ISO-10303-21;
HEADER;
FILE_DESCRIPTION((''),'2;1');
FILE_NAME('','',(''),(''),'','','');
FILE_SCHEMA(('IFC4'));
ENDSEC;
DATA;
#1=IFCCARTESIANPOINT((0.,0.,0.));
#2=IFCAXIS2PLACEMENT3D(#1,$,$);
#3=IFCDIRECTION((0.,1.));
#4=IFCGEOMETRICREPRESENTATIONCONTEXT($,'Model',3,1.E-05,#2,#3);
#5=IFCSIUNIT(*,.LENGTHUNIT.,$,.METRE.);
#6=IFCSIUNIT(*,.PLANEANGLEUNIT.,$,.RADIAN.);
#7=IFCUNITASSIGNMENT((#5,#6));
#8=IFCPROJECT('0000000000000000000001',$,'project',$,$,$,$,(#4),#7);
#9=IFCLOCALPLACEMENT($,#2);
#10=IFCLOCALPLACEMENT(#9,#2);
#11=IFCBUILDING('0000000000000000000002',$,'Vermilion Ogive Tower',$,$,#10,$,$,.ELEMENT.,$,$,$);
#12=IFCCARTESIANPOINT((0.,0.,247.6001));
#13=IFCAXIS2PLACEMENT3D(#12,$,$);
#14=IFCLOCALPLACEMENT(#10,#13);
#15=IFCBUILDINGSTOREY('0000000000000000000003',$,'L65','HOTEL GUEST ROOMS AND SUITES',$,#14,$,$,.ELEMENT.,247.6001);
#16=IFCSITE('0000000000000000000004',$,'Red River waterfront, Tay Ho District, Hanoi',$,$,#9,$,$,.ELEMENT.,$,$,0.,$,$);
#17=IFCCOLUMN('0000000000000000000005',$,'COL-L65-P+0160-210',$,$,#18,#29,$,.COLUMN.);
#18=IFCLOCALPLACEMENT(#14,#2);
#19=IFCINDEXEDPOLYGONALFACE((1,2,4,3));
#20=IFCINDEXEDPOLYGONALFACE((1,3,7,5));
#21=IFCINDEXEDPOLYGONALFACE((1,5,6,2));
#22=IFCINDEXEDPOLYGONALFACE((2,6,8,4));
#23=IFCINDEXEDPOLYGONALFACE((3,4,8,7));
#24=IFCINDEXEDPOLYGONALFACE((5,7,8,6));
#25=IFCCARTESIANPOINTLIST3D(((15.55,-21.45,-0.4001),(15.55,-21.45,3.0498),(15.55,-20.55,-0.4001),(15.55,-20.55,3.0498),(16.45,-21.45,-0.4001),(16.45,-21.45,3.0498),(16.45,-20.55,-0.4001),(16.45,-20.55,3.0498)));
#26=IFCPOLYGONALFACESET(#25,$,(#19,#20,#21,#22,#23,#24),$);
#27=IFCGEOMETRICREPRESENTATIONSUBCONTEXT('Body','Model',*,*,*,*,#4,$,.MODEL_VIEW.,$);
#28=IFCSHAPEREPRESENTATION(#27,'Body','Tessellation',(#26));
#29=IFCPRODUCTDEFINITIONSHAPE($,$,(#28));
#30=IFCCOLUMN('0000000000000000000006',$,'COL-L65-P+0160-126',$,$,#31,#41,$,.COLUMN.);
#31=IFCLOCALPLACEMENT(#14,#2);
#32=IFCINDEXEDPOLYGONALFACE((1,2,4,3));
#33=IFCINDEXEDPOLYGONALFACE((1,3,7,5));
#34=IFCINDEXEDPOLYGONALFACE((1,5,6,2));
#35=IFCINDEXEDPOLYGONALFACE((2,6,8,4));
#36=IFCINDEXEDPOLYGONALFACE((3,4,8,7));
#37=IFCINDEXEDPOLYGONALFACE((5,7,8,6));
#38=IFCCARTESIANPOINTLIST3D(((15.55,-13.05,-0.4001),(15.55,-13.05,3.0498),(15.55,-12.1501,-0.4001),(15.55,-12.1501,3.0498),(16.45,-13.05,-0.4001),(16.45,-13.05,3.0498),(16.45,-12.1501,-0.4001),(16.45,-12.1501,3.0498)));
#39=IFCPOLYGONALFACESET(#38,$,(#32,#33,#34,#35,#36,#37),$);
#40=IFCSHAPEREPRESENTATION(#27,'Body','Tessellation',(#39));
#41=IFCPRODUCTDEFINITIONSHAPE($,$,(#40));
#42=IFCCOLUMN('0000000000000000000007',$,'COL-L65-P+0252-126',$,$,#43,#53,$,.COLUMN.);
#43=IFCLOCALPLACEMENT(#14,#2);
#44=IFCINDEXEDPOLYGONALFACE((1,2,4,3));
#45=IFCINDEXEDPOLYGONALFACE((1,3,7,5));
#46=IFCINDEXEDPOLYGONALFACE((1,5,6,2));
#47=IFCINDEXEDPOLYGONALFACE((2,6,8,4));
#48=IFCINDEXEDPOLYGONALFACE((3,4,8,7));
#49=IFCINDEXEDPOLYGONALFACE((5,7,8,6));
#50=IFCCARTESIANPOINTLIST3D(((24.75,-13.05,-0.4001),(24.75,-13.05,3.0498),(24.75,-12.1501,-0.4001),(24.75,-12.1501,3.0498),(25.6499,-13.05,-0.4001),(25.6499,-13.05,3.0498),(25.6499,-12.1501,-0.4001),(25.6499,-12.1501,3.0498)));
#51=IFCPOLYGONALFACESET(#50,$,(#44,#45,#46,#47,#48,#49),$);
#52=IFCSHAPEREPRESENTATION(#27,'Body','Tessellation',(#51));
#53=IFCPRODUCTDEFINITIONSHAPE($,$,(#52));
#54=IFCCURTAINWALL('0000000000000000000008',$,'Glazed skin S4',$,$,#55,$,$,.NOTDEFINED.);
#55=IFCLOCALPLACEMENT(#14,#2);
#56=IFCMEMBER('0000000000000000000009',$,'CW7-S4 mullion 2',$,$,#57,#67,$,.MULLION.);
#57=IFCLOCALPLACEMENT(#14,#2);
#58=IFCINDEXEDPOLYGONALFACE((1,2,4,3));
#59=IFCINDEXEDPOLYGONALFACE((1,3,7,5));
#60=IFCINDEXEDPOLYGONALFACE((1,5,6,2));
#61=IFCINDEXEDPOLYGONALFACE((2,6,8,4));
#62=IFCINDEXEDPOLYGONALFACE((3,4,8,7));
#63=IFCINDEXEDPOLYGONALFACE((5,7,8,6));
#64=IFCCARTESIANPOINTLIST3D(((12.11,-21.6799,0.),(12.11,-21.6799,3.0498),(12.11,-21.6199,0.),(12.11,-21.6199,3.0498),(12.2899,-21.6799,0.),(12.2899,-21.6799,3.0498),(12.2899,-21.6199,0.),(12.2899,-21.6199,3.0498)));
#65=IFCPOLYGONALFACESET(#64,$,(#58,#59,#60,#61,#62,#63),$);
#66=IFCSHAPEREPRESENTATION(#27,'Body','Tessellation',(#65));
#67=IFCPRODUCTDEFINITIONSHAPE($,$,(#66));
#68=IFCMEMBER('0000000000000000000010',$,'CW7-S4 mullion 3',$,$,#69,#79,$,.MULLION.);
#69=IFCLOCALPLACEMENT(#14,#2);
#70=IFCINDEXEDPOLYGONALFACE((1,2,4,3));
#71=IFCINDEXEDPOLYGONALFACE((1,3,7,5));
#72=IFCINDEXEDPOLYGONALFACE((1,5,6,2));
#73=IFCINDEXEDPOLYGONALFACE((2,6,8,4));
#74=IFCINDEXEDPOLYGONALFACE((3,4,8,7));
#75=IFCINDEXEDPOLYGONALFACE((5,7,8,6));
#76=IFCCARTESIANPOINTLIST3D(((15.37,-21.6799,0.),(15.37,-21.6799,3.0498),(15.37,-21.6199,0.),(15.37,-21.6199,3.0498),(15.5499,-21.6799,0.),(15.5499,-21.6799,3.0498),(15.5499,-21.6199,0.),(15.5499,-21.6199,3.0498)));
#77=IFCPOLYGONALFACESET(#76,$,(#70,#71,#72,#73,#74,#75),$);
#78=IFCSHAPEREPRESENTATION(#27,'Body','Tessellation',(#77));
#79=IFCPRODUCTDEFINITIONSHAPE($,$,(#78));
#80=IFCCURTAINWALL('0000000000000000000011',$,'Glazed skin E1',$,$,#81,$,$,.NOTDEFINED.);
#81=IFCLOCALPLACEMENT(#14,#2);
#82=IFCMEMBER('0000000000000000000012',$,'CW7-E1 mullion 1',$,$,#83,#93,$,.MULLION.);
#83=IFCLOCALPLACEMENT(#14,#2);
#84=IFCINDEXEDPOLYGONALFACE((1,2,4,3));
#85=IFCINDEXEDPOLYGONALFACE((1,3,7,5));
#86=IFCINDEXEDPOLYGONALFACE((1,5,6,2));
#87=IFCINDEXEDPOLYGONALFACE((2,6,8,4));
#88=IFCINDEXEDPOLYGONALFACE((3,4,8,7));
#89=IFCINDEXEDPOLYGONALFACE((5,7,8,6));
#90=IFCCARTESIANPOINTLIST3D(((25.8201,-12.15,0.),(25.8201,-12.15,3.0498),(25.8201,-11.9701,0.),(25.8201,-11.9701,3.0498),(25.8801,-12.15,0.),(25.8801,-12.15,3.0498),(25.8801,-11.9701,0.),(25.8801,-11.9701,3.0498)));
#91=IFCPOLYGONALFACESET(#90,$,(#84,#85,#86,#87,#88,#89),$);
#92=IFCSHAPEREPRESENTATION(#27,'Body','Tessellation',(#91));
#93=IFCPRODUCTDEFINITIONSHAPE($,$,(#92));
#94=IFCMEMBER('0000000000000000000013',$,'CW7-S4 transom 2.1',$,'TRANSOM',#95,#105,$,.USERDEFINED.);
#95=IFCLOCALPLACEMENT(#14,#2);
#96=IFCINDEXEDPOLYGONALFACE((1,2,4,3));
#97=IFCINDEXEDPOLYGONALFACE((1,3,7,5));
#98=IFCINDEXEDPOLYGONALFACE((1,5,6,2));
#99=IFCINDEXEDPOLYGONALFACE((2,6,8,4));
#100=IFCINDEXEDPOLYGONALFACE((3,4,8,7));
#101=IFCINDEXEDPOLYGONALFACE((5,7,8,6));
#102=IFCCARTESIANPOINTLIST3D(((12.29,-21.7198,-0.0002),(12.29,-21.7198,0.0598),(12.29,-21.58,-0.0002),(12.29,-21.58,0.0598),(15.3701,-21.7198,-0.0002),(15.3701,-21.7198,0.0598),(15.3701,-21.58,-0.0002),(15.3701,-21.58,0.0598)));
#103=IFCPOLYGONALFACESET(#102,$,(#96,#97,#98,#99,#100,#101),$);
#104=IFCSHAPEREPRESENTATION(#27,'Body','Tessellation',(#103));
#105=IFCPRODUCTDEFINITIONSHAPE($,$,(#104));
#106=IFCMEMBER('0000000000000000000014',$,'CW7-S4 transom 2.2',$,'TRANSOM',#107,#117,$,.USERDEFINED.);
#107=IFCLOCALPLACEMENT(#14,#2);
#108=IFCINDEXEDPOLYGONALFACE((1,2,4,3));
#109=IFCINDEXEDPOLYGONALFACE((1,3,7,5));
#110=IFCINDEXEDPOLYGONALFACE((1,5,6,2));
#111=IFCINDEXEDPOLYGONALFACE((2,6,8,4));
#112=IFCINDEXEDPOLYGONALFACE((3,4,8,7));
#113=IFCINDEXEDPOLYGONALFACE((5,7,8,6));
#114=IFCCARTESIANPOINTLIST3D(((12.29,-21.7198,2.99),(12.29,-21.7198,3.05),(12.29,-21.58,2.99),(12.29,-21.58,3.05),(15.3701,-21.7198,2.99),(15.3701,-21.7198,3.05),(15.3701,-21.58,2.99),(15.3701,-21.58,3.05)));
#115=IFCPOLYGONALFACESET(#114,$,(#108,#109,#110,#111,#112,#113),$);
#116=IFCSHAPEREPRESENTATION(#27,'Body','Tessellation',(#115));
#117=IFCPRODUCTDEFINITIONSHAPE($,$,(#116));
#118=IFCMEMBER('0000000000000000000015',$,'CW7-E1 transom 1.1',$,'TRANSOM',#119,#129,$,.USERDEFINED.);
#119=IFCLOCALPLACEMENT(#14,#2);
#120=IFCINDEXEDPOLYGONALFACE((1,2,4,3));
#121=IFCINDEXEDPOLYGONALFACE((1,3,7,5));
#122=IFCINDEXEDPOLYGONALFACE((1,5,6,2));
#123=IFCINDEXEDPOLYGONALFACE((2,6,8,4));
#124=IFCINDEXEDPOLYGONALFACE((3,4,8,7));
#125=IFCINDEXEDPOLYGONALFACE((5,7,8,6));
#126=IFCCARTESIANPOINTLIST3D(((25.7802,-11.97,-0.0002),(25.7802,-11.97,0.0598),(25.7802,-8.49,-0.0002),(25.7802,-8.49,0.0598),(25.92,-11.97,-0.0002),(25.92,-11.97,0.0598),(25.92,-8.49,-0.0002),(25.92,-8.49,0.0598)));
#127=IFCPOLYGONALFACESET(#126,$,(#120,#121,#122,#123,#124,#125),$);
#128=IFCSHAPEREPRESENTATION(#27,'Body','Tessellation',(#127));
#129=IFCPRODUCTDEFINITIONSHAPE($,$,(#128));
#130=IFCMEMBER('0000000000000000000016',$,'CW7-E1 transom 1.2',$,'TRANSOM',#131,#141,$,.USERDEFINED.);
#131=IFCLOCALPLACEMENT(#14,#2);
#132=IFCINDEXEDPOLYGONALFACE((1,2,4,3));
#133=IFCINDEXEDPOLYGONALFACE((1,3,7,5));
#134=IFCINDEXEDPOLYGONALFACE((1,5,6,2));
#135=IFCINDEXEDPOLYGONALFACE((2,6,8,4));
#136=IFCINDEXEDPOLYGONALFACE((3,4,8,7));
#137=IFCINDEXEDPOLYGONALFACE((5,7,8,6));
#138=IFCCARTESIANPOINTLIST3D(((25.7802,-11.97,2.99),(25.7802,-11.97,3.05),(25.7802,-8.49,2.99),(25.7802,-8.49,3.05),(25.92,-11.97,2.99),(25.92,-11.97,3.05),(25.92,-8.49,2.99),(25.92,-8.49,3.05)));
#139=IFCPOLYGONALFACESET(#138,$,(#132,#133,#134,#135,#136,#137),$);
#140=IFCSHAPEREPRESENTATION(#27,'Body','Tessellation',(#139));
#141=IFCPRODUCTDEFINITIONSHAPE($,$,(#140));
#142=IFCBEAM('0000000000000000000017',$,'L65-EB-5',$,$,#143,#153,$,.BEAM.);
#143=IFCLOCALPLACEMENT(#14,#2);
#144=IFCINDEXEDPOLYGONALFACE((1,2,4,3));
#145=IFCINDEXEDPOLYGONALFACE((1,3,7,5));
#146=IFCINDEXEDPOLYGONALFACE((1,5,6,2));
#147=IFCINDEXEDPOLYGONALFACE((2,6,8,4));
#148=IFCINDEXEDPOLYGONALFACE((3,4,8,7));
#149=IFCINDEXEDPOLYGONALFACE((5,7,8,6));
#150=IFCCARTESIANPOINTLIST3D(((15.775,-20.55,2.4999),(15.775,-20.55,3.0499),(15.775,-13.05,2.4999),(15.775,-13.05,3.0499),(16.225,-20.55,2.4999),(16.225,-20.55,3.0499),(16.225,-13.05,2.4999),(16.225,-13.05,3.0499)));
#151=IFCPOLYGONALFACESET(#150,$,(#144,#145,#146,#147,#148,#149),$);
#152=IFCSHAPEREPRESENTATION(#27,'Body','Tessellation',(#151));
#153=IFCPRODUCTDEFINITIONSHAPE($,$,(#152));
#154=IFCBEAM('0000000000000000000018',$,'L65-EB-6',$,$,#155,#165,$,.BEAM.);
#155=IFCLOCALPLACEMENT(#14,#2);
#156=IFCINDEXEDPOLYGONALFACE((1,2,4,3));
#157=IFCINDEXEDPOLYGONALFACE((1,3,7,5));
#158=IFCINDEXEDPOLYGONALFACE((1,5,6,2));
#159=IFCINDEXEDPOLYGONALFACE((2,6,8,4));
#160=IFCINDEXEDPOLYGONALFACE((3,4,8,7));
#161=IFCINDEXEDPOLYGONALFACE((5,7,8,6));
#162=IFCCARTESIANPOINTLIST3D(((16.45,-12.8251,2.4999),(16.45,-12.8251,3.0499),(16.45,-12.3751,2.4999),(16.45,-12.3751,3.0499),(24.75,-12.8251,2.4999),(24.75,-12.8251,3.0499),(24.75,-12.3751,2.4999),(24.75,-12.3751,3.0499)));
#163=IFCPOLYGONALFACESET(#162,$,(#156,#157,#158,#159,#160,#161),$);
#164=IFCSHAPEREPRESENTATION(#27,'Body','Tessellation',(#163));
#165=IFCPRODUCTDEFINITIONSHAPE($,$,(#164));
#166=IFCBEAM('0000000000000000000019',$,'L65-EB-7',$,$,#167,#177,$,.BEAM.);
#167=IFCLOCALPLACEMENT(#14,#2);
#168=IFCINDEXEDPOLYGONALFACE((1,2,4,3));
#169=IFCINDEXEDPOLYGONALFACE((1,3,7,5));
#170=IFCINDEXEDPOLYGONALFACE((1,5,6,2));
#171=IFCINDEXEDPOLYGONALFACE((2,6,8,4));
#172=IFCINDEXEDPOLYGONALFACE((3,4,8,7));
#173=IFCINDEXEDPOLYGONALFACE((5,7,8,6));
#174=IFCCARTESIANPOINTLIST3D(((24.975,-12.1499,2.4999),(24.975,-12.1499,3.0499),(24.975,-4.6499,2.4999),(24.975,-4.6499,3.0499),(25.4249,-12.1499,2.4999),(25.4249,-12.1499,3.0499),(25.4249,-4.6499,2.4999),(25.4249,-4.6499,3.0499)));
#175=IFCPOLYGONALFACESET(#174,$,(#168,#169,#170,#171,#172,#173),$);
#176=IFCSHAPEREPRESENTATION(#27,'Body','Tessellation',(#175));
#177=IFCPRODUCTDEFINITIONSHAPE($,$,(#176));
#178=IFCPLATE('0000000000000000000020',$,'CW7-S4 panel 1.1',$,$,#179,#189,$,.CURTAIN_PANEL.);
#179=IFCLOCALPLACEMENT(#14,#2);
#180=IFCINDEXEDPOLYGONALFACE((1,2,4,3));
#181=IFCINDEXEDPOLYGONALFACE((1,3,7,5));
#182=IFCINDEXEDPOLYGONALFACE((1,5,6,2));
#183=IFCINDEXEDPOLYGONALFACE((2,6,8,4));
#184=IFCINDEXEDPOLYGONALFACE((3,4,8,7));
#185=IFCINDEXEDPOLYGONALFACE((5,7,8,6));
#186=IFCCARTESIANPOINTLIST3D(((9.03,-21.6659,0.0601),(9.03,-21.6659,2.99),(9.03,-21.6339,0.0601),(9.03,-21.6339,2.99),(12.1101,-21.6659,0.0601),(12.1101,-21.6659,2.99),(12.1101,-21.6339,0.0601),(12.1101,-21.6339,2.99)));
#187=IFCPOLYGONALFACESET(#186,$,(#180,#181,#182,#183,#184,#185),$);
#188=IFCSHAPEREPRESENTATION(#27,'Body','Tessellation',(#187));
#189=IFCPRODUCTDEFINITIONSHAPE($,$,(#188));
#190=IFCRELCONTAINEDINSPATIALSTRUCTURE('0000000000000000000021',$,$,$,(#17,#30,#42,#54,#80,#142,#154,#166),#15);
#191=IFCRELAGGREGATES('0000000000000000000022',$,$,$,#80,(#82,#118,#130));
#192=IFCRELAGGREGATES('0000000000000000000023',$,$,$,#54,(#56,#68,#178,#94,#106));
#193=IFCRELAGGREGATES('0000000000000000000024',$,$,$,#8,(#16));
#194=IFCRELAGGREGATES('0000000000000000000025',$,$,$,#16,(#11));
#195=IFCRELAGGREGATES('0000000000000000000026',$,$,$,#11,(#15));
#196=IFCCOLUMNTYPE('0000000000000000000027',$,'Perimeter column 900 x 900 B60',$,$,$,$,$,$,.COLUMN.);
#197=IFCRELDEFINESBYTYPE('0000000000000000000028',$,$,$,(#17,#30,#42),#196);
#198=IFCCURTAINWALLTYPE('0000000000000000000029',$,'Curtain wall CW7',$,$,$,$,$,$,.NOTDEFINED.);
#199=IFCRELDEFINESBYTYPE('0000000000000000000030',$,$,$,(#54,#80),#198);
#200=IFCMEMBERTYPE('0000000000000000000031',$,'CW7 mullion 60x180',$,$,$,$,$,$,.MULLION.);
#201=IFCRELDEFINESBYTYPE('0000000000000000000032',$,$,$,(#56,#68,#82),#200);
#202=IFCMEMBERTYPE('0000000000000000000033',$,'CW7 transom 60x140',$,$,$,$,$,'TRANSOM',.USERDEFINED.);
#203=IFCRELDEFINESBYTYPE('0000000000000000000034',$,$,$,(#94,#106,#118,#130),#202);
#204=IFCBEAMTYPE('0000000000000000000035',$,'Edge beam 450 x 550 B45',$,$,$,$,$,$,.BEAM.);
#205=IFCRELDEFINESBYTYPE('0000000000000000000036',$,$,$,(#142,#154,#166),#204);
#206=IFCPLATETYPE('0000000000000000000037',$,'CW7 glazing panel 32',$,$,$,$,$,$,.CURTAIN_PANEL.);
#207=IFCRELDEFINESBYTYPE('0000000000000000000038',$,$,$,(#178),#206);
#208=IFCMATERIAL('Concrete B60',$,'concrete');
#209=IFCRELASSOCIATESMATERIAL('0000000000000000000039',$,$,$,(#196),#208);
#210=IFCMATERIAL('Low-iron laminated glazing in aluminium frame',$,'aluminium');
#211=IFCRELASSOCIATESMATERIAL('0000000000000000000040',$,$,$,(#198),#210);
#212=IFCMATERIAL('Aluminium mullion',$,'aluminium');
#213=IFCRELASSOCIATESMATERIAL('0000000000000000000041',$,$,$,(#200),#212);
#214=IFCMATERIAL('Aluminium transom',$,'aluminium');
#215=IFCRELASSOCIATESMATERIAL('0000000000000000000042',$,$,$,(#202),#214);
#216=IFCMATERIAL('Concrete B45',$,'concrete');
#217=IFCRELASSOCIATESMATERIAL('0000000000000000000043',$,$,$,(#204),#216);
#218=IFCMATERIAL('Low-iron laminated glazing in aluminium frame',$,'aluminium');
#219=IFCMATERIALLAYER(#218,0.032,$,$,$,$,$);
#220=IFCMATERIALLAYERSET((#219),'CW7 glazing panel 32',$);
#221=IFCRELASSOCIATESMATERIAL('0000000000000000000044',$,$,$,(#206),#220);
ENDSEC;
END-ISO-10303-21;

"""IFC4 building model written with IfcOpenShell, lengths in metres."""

from ifc_helpers import new_model, si_unit, direction, frame, origin, origin_2d, place, context, subcontext, project, spatial, rectangle, extrude, material, layer, layer_set, material_profile, profile_set, type_object, element, aggregate, save


model = new_model("IFC4")

# Units and contexts
model_context = context("Model", 3, precision=1e-05, world=origin(), true_north=direction((0.0, 1.0)))
body_context = subcontext(model_context, "Body", "Model", "MODEL_VIEW")
ifc_project = project(units=[si_unit("LENGTHUNIT", "METRE"), si_unit("PLANEANGLEUNIT", "RADIAN")], contexts=[model_context])

# Site, building, storey
site_placement = place(None, origin())
site = spatial("IfcSite", under=ifc_project, at=site_placement, Name="Red River waterfront, Tay Ho District, Hanoi", CompositionType="ELEMENT", RefElevation=0.0)
building_placement = place(site_placement, origin())
building = spatial("IfcBuilding", under=site, at=building_placement, Name="Vermilion Ogive Tower", CompositionType="ELEMENT")
storey_placement = place(building_placement, frame((0.0, 0.0, 247.6001)))
storey = spatial("IfcBuildingStorey", under=building, at=storey_placement, Name="L65", Description="HOTEL GUEST ROOMS AND SUITES", CompositionType="ELEMENT", Elevation=247.6001)

# Columns
ifc_material_1 = material(Name="Concrete B60", Category="concrete")
ifc_material_profile_1 = material_profile(ifc_material_1, rectangle(XDim=0.8999, YDim=0.8999, at=origin_2d()), Name="900 x 900")
ifc_profile_set_1 = profile_set([ifc_material_profile_1], Name="Concrete B60")
column_type = type_object("IfcColumnType", Name="Perimeter column 900 x 900 B60", PredefinedType="COLUMN", material=ifc_profile_set_1)
for number, where, z_axis, x_axis, name in (
    (1, (16.0, -21.0, -0.4001), (0.0, 0.0, 1.0), (1.0, 0.0, 0.0), "COL-L65-P+0160-210"),
    (2, (16.0, -12.6001, -0.4001), (0.0, 0.0, 1.0), (1.0, 0.0, 0.0), "COL-L65-P+0160-126"),
    (3, (25.2, -12.6001, -0.4001), (0.0, 0.0, 1.0), (1.0, 0.0, 0.0), "COL-L65-P+0252-126"),
):
    element("IfcColumn", number, at=place(storey_placement, frame(where, z_axis=z_axis, x_axis=x_axis)), inside=storey, type_object=column_type, Name=name, PredefinedType="COLUMN", context=body_context, shape_type="SweptSolid", body=[
        extrude(rectangle(XDim=0.8999, YDim=0.8999, at=origin_2d()), origin(), (0.0, 0.0, 1.0), 3.45),
    ])

# Curtain wall, members
ifc_material_2 = material(Name="Low-iron laminated glazing in aluminium frame", Category="aluminium")
curtain_wall_type = type_object("IfcCurtainWallType", Name="Curtain wall CW7", PredefinedType="NOTDEFINED", material=ifc_material_2)
curtain_wall_1_placement = place(storey_placement, origin())
curtain_wall_1 = element("IfcCurtainWall", 4, at=curtain_wall_1_placement, inside=storey, type_object=curtain_wall_type, Name="Glazed skin S4", PredefinedType="NOTDEFINED")
ifc_material_3 = material(Name="Aluminium mullion", Category="aluminium")
ifc_material_profile_2 = material_profile(ifc_material_3, rectangle(XDim=0.0601, YDim=0.1799, at=origin_2d()), Name="AL 60x180")
ifc_profile_set_2 = profile_set([ifc_material_profile_2], Name="Aluminium mullion")
member_type_1 = type_object("IfcMemberType", Name="CW7 mullion 60x180", PredefinedType="MULLION", material=ifc_profile_set_2)
member_1_placement = place(storey_placement, frame((12.2, -21.6499, 0.0), z_axis=(0.0, 0.0, 1.0), x_axis=(0.0, 1.0, 0.0)))
member_1 = element("IfcMember", 5, at=member_1_placement, type_object=member_type_1, Name="CW7-S4 mullion 2", PredefinedType="MULLION", context=body_context, shape_type="SweptSolid", body=[
    extrude(rectangle(XDim=0.0601, YDim=0.1799, at=origin_2d()), origin(), (0.0, 0.0, 1.0), 3.0498),
])
member_2_placement = place(storey_placement, frame((15.46, -21.6499, 0.0), z_axis=(0.0, 0.0, 1.0), x_axis=(0.0, 1.0, 0.0)))
member_2 = element("IfcMember", 6, at=member_2_placement, type_object=member_type_1, Name="CW7-S4 mullion 3", PredefinedType="MULLION", context=body_context, shape_type="SweptSolid", body=[
    extrude(rectangle(XDim=0.0601, YDim=0.1799, at=origin_2d()), origin(), (0.0, 0.0, 1.0), 3.0498),
])

# Curtain wall, member
curtain_wall_2_placement = place(storey_placement, origin())
curtain_wall_2 = element("IfcCurtainWall", 7, at=curtain_wall_2_placement, inside=storey, type_object=curtain_wall_type, Name="Glazed skin E1", PredefinedType="NOTDEFINED")
member_3_placement = place(storey_placement, frame((25.8501, -12.0601, 0.0), z_axis=(0.0, 0.0, 1.0), x_axis=(-1.0, 0.0, 0.0)))
member_3 = element("IfcMember", 8, at=member_3_placement, type_object=member_type_1, Name="CW7-E1 mullion 1", PredefinedType="MULLION", context=body_context, shape_type="SweptSolid", body=[
    extrude(rectangle(XDim=0.0601, YDim=0.1799, at=origin_2d()), origin(), (0.0, 0.0, 1.0), 3.0498),
])

# Members
ifc_material_4 = material(Name="Aluminium transom", Category="aluminium")
ifc_material_profile_3 = material_profile(ifc_material_4, rectangle(XDim=0.1399, YDim=0.0601, at=origin_2d()), Name="AL 60x140")
ifc_profile_set_3 = profile_set([ifc_material_profile_3], Name="Aluminium transom")
member_type_2 = type_object("IfcMemberType", Name="CW7 transom 60x140", ElementType="TRANSOM", PredefinedType="USERDEFINED", material=ifc_profile_set_3)
member_4_placement = place(storey_placement, frame((12.29, -21.6499, 0.0298), z_axis=(1.0, 0.0, 0.0), x_axis=(0.0, 1.0, 0.0)))
member_4 = element("IfcMember", 9, at=member_4_placement, type_object=member_type_2, Name="CW7-S4 transom 2.1", ObjectType="TRANSOM", PredefinedType="USERDEFINED", context=body_context, shape_type="SweptSolid", body=[
    extrude(rectangle(XDim=0.1399, YDim=0.0601, at=origin_2d()), origin(), (0.0, 0.0, 1.0), 3.0801),
])
member_5_placement = place(storey_placement, frame((12.29, -21.6499, 3.02), z_axis=(1.0, 0.0, 0.0), x_axis=(0.0, 1.0, 0.0)))
member_5 = element("IfcMember", 10, at=member_5_placement, type_object=member_type_2, Name="CW7-S4 transom 2.2", ObjectType="TRANSOM", PredefinedType="USERDEFINED", context=body_context, shape_type="SweptSolid", body=[
    extrude(rectangle(XDim=0.1399, YDim=0.0601, at=origin_2d()), origin(), (0.0, 0.0, 1.0), 3.0801),
])
member_6_placement = place(storey_placement, frame((25.8501, -11.97, 0.0298), z_axis=(0.0, 1.0, 0.0), x_axis=(-1.0, 0.0, 0.0)))
member_6 = element("IfcMember", 11, at=member_6_placement, type_object=member_type_2, Name="CW7-E1 transom 1.1", ObjectType="TRANSOM", PredefinedType="USERDEFINED", context=body_context, shape_type="SweptSolid", body=[
    extrude(rectangle(XDim=0.1399, YDim=0.0601, at=origin_2d()), origin(), (0.0, 0.0, 1.0), 3.48),
])
member_7_placement = place(storey_placement, frame((25.8501, -11.97, 3.02), z_axis=(0.0, 1.0, 0.0), x_axis=(-1.0, 0.0, 0.0)))
member_7 = element("IfcMember", 12, at=member_7_placement, type_object=member_type_2, Name="CW7-E1 transom 1.2", ObjectType="TRANSOM", PredefinedType="USERDEFINED", context=body_context, shape_type="SweptSolid", body=[
    extrude(rectangle(XDim=0.1399, YDim=0.0601, at=origin_2d()), origin(), (0.0, 0.0, 1.0), 3.48),
])
aggregate(curtain_wall_2, [member_3, member_6, member_7])

# Beams
ifc_material_5 = material(Name="Concrete B45", Category="concrete")
ifc_material_profile_4 = material_profile(ifc_material_5, rectangle(XDim=0.45, YDim=0.55, at=origin_2d()), Name="450 x 550")
ifc_profile_set_4 = profile_set([ifc_material_profile_4], Name="Concrete B45")
beam_type = type_object("IfcBeamType", Name="Edge beam 450 x 550 B45", PredefinedType="BEAM", material=ifc_profile_set_4)
beam_1_placement = place(storey_placement, frame((16.0, -20.55, 2.7749), z_axis=(0.0, 1.0, 0.0), x_axis=(-1.0, 0.0, 0.0)))
element("IfcBeam", 13, at=beam_1_placement, inside=storey, type_object=beam_type, Name="L65-EB-5", PredefinedType="BEAM", context=body_context, shape_type="SweptSolid", body=[
    extrude(rectangle(XDim=0.45, YDim=0.55, at=origin_2d()), origin(), (0.0, 0.0, 1.0), 7.5),
])
beam_2_placement = place(storey_placement, frame((16.45, -12.6001, 2.7749), z_axis=(1.0, 0.0, 0.0), x_axis=(0.0, 1.0, 0.0)))
element("IfcBeam", 14, at=beam_2_placement, inside=storey, type_object=beam_type, Name="L65-EB-6", PredefinedType="BEAM", context=body_context, shape_type="SweptSolid", body=[
    extrude(rectangle(XDim=0.45, YDim=0.55, at=origin_2d()), origin(), (0.0, 0.0, 1.0), 8.3),
])
beam_3_placement = place(storey_placement, frame((25.2, -12.1499, 2.7749), z_axis=(0.0, 1.0, 0.0), x_axis=(-1.0, 0.0, 0.0)))
element("IfcBeam", 15, at=beam_3_placement, inside=storey, type_object=beam_type, Name="L65-EB-7", PredefinedType="BEAM", context=body_context, shape_type="SweptSolid", body=[
    extrude(rectangle(XDim=0.45, YDim=0.55, at=origin_2d()), origin(), (0.0, 0.0, 1.0), 7.5),
])

# Plate
ifc_material_6 = material(Name="Low-iron laminated glazing in aluminium frame", Category="aluminium")
ifc_layer_1 = layer(ifc_material_6, 0.032)
ifc_layer_set_1 = layer_set([ifc_layer_1], Name="CW7 glazing panel 32")
plate_type = type_object("IfcPlateType", Name="CW7 glazing panel 32", PredefinedType="CURTAIN_PANEL", material=ifc_layer_set_1)
plate_1_placement = place(storey_placement, frame((10.5701, -21.6499, 0.0601), z_axis=(0.0, 0.0, 1.0), x_axis=(1.0, 0.0, 0.0)))
plate_1 = element("IfcPlate", 16, at=plate_1_placement, type_object=plate_type, Name="CW7-S4 panel 1.1", PredefinedType="CURTAIN_PANEL", context=body_context, shape_type="SweptSolid", body=[
    extrude(rectangle(XDim=3.0801, YDim=0.032, at=origin_2d()), origin(), (0.0, 0.0, 1.0), 2.9299),
])
aggregate(curtain_wall_1, [member_1, member_2, plate_1, member_4, member_5])

save(model, "model.ifc")
